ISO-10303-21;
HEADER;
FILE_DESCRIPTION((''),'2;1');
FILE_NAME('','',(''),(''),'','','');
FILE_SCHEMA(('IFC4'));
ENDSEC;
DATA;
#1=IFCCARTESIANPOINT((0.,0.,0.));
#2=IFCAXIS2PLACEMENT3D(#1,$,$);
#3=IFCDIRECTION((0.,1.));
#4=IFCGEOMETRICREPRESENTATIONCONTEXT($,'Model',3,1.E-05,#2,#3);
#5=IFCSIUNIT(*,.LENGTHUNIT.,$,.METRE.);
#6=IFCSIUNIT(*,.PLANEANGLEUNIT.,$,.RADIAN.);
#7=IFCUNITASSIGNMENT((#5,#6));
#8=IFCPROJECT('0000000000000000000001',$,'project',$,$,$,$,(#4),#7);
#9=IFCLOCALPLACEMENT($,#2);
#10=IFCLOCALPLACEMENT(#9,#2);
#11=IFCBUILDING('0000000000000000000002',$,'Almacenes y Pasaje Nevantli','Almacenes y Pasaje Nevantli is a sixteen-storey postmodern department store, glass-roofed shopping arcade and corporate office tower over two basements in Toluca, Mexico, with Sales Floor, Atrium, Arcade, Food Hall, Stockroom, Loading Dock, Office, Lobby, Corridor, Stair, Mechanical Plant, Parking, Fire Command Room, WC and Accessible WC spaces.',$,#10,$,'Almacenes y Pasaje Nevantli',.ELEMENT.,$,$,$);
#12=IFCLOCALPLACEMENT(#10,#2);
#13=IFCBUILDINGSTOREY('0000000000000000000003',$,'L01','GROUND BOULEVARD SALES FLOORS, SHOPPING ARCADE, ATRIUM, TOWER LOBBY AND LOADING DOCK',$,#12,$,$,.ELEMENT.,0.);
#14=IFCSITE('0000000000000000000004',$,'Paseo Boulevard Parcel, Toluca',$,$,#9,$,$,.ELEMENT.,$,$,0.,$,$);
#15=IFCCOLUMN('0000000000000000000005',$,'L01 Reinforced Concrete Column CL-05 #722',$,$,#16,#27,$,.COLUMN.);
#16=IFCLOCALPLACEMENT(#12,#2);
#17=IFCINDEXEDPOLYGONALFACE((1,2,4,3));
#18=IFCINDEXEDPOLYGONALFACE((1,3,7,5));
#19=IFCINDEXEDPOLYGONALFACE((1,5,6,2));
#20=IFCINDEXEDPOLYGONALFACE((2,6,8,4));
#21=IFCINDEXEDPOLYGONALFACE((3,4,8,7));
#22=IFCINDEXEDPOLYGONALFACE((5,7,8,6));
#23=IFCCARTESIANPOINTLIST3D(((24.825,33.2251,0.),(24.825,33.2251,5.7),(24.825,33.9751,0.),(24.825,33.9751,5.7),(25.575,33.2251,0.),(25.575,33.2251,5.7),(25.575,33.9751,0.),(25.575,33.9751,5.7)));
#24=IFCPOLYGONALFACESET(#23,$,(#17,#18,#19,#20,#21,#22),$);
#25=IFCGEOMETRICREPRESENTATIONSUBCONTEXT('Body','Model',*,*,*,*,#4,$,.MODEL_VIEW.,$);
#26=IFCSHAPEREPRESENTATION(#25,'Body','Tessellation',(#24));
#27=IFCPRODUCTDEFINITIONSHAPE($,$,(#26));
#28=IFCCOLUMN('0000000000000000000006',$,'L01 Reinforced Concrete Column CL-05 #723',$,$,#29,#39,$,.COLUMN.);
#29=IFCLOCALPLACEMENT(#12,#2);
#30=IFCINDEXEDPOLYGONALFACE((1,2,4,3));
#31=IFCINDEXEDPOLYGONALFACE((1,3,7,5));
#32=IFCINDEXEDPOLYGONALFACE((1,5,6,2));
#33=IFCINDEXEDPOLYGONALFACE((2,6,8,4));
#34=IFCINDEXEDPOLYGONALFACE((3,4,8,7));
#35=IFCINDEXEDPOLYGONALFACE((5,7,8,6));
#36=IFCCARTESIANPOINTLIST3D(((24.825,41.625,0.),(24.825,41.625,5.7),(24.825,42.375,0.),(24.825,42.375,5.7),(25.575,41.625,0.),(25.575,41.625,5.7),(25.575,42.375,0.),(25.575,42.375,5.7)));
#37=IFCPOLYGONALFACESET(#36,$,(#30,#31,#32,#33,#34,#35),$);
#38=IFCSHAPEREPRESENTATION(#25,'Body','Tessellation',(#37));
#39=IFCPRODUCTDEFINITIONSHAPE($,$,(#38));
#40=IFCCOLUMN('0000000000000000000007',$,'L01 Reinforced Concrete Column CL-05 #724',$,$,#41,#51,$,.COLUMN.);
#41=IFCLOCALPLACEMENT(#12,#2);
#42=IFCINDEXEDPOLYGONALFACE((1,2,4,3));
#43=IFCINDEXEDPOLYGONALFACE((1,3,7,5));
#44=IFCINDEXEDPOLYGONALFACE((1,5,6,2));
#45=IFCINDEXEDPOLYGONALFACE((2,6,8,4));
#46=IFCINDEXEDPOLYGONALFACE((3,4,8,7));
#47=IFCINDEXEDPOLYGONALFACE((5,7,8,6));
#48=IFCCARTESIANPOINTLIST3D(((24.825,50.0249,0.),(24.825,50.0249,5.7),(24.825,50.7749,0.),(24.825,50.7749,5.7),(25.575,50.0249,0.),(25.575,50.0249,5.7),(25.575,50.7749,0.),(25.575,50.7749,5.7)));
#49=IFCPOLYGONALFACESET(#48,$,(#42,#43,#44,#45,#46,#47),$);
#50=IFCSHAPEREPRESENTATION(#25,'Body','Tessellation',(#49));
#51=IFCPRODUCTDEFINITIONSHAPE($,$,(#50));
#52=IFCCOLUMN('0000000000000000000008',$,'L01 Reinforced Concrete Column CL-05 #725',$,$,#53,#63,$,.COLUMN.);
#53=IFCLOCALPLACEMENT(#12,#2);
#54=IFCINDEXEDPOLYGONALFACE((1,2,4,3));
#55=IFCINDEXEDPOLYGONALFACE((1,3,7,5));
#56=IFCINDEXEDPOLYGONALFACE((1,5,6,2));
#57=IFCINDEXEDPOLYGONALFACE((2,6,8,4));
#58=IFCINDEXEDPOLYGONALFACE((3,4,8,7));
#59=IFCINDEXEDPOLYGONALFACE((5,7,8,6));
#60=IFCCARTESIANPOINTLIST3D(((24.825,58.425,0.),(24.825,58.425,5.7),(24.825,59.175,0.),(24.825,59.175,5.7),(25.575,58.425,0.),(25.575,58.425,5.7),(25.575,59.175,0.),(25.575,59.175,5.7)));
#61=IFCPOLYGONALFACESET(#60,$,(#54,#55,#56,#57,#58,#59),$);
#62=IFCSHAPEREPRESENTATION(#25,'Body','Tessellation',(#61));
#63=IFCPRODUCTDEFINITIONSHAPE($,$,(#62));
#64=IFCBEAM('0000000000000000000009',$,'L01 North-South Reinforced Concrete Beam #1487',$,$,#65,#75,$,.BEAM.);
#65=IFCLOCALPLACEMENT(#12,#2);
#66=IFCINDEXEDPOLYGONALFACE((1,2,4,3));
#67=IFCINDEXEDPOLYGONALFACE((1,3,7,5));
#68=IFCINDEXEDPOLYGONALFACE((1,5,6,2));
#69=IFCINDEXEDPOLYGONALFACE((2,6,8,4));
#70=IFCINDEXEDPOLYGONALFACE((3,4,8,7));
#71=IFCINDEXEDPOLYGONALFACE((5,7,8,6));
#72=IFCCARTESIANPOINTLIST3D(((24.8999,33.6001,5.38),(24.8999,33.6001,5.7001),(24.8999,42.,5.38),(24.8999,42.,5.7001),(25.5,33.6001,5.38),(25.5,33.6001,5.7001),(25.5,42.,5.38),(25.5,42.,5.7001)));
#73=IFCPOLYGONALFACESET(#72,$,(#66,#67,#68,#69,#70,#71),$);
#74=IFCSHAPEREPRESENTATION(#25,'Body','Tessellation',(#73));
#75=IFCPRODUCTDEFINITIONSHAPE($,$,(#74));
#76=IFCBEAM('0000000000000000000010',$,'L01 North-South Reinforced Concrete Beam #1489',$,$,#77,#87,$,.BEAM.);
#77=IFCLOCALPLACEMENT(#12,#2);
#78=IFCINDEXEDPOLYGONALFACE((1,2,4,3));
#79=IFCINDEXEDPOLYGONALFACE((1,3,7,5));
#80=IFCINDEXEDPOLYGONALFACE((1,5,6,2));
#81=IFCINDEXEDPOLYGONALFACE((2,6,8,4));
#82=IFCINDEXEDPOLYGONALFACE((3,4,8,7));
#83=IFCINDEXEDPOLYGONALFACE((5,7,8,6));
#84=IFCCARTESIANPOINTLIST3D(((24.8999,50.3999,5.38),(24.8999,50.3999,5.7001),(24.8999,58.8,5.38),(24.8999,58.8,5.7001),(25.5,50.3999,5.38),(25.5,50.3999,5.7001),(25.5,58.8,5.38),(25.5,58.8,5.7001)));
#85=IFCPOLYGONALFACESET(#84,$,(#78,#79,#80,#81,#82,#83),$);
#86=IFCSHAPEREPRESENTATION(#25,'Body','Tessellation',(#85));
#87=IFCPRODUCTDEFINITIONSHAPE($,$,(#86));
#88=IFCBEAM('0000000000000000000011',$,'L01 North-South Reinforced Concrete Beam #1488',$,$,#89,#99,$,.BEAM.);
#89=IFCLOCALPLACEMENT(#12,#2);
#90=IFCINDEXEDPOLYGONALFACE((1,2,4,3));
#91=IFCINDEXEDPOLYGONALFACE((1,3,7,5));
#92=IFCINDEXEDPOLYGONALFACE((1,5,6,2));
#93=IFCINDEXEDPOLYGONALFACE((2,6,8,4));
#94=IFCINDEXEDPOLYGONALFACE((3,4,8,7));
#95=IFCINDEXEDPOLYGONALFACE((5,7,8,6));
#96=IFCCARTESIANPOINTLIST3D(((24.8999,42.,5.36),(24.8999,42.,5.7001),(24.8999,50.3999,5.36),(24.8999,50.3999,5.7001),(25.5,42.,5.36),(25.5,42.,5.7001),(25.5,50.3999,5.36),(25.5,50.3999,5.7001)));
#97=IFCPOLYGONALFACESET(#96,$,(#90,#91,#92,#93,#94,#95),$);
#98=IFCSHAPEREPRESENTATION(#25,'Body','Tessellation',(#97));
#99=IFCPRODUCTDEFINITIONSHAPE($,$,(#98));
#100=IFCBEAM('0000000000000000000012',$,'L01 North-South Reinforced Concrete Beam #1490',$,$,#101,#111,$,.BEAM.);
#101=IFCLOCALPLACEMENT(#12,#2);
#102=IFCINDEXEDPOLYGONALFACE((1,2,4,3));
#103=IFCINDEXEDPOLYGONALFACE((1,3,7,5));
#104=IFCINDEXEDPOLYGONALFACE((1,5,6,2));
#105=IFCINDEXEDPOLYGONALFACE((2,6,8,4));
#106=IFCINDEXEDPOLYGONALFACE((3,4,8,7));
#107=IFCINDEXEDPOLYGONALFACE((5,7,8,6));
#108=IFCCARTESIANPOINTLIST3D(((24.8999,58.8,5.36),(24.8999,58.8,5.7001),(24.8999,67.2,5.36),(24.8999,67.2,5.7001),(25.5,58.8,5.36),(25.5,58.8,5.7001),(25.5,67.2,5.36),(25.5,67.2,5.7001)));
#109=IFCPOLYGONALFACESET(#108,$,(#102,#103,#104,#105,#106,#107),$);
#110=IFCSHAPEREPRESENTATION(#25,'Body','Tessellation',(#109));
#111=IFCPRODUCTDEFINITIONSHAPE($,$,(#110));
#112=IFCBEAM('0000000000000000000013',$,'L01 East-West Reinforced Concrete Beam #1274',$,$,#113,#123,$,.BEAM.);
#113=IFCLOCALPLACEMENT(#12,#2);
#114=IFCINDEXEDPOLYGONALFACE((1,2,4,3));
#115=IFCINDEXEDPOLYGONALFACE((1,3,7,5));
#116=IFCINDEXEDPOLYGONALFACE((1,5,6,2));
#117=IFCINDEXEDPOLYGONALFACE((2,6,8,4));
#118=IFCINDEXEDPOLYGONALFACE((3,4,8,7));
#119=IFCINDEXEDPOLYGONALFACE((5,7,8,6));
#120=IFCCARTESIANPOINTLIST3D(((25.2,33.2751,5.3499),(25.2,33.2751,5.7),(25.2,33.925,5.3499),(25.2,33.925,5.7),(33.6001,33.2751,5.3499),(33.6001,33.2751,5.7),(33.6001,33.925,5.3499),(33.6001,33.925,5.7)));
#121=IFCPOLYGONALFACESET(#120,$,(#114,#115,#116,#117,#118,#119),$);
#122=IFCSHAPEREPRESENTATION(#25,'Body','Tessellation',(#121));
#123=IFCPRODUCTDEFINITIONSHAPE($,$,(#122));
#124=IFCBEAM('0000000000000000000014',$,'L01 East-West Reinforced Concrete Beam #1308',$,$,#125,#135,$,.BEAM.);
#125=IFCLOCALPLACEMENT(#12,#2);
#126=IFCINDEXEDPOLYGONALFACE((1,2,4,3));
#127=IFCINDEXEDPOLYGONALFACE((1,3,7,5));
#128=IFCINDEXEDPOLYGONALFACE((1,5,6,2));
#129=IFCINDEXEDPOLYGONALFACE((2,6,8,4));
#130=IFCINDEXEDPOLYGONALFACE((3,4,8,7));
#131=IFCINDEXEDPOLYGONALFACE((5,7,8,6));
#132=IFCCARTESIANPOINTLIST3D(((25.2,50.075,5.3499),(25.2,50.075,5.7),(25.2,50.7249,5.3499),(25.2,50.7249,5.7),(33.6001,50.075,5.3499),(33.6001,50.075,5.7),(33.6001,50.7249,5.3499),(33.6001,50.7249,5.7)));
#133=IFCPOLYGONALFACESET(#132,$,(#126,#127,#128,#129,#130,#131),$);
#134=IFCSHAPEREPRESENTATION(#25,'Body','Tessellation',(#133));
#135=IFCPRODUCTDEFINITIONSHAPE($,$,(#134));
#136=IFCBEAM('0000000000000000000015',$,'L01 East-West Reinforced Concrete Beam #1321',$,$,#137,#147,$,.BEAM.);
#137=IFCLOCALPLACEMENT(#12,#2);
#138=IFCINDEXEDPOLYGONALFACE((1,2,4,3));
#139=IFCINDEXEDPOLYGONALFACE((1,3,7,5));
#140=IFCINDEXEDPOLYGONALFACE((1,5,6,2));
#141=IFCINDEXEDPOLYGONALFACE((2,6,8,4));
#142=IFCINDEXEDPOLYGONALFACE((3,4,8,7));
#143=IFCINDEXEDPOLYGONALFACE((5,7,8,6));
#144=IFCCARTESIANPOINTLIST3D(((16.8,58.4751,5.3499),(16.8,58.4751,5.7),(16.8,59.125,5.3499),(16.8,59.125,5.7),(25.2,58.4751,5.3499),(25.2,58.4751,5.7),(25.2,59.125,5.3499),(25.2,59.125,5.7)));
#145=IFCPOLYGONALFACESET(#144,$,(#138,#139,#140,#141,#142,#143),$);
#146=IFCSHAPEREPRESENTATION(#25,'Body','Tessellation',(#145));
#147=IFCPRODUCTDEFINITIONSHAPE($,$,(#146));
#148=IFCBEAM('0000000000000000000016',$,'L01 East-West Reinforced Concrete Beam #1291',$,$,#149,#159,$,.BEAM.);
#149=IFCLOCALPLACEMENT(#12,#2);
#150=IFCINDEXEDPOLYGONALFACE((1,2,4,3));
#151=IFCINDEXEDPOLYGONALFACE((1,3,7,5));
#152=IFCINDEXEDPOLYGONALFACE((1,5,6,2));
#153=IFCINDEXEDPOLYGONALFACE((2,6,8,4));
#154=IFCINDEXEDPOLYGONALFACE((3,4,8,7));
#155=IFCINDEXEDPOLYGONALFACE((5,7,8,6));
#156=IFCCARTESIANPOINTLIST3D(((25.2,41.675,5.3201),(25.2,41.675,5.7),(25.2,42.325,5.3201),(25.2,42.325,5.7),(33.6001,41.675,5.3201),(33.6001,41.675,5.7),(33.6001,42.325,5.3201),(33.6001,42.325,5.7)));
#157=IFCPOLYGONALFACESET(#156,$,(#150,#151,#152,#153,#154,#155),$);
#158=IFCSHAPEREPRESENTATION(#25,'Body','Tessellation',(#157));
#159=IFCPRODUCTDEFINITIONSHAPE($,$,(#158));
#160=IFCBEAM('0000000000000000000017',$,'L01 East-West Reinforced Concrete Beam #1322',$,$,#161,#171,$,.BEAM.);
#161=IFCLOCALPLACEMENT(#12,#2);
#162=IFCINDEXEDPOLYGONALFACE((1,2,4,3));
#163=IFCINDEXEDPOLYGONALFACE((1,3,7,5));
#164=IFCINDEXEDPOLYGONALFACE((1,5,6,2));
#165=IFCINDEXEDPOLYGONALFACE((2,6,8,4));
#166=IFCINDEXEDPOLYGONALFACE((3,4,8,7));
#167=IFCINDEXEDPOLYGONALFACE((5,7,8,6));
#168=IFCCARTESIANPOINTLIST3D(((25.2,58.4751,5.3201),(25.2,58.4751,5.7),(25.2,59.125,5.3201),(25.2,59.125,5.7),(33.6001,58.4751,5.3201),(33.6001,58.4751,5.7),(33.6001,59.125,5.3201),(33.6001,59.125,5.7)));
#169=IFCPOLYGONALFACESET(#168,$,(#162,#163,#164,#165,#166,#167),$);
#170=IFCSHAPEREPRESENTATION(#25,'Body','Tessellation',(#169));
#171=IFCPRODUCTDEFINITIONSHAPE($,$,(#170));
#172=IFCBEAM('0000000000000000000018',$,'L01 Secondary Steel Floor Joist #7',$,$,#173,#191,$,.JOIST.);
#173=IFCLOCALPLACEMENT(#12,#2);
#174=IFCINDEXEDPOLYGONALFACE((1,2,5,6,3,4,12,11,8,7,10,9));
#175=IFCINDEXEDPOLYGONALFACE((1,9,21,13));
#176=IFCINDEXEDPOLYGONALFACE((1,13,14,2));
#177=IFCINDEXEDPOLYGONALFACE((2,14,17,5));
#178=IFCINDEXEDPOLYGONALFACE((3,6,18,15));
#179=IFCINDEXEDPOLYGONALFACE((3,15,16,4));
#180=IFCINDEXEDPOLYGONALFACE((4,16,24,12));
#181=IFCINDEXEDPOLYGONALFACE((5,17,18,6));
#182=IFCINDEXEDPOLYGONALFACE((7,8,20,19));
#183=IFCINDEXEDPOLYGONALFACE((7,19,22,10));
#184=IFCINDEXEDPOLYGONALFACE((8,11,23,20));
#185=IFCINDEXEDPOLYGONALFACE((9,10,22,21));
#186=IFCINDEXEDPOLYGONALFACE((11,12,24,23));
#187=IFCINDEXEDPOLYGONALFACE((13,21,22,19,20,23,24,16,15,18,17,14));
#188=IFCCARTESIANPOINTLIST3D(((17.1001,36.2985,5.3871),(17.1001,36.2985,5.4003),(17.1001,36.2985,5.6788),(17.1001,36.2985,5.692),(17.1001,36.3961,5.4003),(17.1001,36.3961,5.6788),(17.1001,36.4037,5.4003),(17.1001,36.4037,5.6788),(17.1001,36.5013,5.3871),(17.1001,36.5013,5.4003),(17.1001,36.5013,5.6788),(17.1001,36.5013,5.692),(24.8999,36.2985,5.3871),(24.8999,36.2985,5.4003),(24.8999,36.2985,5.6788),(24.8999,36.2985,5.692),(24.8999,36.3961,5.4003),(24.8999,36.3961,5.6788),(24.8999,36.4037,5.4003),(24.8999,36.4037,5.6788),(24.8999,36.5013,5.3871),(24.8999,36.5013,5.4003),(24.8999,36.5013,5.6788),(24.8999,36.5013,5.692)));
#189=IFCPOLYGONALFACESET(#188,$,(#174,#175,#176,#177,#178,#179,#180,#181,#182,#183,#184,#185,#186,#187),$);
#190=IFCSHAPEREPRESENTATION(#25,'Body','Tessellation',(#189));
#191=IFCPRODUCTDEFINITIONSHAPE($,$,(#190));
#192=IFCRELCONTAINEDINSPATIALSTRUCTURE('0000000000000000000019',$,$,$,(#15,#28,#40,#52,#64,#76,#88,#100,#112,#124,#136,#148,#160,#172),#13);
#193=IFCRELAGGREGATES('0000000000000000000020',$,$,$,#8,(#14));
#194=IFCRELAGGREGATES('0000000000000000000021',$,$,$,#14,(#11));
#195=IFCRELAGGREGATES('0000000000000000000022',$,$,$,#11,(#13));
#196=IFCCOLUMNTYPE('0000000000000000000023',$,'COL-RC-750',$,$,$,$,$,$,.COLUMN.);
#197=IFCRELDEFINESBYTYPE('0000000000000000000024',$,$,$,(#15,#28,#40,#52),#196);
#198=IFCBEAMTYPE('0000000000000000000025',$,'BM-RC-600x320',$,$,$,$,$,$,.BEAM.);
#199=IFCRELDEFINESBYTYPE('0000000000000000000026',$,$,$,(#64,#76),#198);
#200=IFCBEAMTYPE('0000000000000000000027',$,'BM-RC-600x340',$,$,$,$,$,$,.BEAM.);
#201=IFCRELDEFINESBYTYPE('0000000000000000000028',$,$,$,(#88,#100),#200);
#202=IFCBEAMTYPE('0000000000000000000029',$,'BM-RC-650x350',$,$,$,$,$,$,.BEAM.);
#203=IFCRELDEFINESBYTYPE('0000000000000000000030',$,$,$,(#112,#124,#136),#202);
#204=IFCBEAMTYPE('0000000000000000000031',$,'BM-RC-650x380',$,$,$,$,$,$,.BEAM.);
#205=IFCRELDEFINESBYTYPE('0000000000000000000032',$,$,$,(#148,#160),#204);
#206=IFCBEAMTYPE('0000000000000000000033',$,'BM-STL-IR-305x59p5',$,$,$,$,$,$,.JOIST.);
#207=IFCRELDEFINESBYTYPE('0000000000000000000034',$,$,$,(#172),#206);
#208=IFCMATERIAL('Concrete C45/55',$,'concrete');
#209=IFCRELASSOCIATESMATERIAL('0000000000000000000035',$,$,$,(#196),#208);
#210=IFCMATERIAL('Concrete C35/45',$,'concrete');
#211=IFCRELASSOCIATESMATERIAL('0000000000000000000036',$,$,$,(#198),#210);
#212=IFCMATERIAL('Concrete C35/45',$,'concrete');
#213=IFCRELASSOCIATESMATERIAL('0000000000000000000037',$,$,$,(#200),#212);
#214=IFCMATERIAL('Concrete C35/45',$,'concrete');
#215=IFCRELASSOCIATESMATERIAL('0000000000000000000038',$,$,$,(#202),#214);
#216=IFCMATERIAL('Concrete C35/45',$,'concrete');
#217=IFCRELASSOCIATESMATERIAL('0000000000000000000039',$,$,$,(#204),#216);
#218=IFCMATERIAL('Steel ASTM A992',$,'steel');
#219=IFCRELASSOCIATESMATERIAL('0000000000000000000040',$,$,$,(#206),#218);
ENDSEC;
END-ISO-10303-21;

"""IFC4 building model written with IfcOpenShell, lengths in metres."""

from ifc_helpers import new_model, si_unit, direction, frame, origin, origin_2d, place, context, subcontext, project, spatial, rectangle, i_section, extrude, material, material_profile, profile_set, type_object, element, save


model = new_model("IFC4")

# Units and contexts
model_context = context("Model", 3, precision=1e-05, world=origin(), true_north=direction((0.0, 1.0)))
body_context = subcontext(model_context, "Body", "Model", "MODEL_VIEW")
ifc_project = project(units=[si_unit("LENGTHUNIT", "METRE"), si_unit("PLANEANGLEUNIT", "RADIAN")], contexts=[model_context])

# Site, building, storey
site_placement = place(None, origin())
site = spatial("IfcSite", under=ifc_project, at=site_placement, Name="Paseo Boulevard Parcel, Toluca", CompositionType="ELEMENT", RefElevation=0.0)
building_placement = place(site_placement, origin())
building = spatial("IfcBuilding", under=site, at=building_placement, Name="Almacenes y Pasaje Nevantli", Description="Almacenes y Pasaje Nevantli is a sixteen-storey postmodern department store, glass-roofed shopping arcade and corporate office tower over two basements in Toluca, Mexico, with Sales Floor, Atrium, Arcade, Food Hall, Stockroom, Loading Dock, Office, Lobby, Corridor, Stair, Mechanical Plant, Parking, Fire Command Room, WC and Accessible WC spaces.", LongName="Almacenes y Pasaje Nevantli", CompositionType="ELEMENT")
storey_placement = place(building_placement, origin())
storey = spatial("IfcBuildingStorey", under=building, at=storey_placement, Name="L01", Description="GROUND BOULEVARD SALES FLOORS, SHOPPING ARCADE, ATRIUM, TOWER LOBBY AND LOADING DOCK", CompositionType="ELEMENT", Elevation=0.0)

# Columns
ifc_material_1 = material(Name="Concrete C45/55", Category="concrete")
ifc_material_profile_1 = material_profile(ifc_material_1, rectangle(XDim=0.75, YDim=0.75, at=origin_2d()), Name="RC-COL-750x750")
ifc_profile_set_1 = profile_set([ifc_material_profile_1], Name="Concrete C45/55")
column_type = type_object("IfcColumnType", Name="COL-RC-750", PredefinedType="COLUMN", material=ifc_profile_set_1)
for number, where, z_axis, x_axis, name in (
    (1, (25.2, 33.6001, 0.0), (0.0, 0.0, 1.0), (1.0, 0.0, 0.0), "L01 Reinforced Concrete Column CL-05 #722"),
    (2, (25.2, 42.0, 0.0), (0.0, 0.0, 1.0), (1.0, 0.0, 0.0), "L01 Reinforced Concrete Column CL-05 #723"),
    (3, (25.2, 50.3999, 0.0), (0.0, 0.0, 1.0), (1.0, 0.0, 0.0), "L01 Reinforced Concrete Column CL-05 #724"),
    (4, (25.2, 58.8, 0.0), (0.0, 0.0, 1.0), (1.0, 0.0, 0.0), "L01 Reinforced Concrete Column CL-05 #725"),
):
    element("IfcColumn", number, at=place(storey_placement, frame(where, z_axis=z_axis, x_axis=x_axis)), inside=storey, type_object=column_type, Name=name, PredefinedType="COLUMN", context=body_context, shape_type="SweptSolid", body=[
        extrude(rectangle(XDim=0.75, YDim=0.75, at=origin_2d()), origin(), (0.0, 0.0, 1.0), 5.7),
    ])

# Beams
ifc_material_2 = material(Name="Concrete C35/45", Category="concrete")
ifc_material_profile_2 = material_profile(ifc_material_2, rectangle(XDim=0.6001, YDim=0.3201, at=origin_2d()), Name="RC-BM-600x320")
ifc_profile_set_2 = profile_set([ifc_material_profile_2], Name="Concrete C35/45")
beam_type_1 = type_object("IfcBeamType", Name="BM-RC-600x320", PredefinedType="BEAM", material=ifc_profile_set_2)
beam_1_placement = place(storey_placement, frame((25.2, 33.6001, 5.54), z_axis=(0.0, 1.0, 0.0), x_axis=(-1.0, 0.0, 0.0)))
element("IfcBeam", 5, at=beam_1_placement, inside=storey, type_object=beam_type_1, Name="L01 North-South Reinforced Concrete Beam #1487", PredefinedType="BEAM", context=body_context, shape_type="SweptSolid", body=[
    extrude(rectangle(XDim=0.6001, YDim=0.3201, at=origin_2d()), origin(), (0.0, 0.0, 1.0), 8.3999),
])
beam_2_placement = place(storey_placement, frame((25.2, 50.3999, 5.54), z_axis=(0.0, 1.0, 0.0), x_axis=(-1.0, 0.0, 0.0)))
element("IfcBeam", 6, at=beam_2_placement, inside=storey, type_object=beam_type_1, Name="L01 North-South Reinforced Concrete Beam #1489", PredefinedType="BEAM", context=body_context, shape_type="SweptSolid", body=[
    extrude(rectangle(XDim=0.6001, YDim=0.3201, at=origin_2d()), origin(), (0.0, 0.0, 1.0), 8.4001),
])
ifc_material_3 = material(Name="Concrete C35/45", Category="concrete")
ifc_material_profile_3 = material_profile(ifc_material_3, rectangle(XDim=0.6001, YDim=0.3401, at=origin_2d()), Name="RC-BM-600x340")
ifc_profile_set_3 = profile_set([ifc_material_profile_3], Name="Concrete C35/45")
beam_type_2 = type_object("IfcBeamType", Name="BM-RC-600x340", PredefinedType="BEAM", material=ifc_profile_set_3)
for number, where, z_axis, x_axis, name in (
    (7, (25.2, 42.0, 5.53), (0.0, 1.0, 0.0), (-1.0, 0.0, 0.0), "L01 North-South Reinforced Concrete Beam #1488"),
    (8, (25.2, 58.8, 5.53), (0.0, 1.0, 0.0), (-1.0, 0.0, 0.0), "L01 North-South Reinforced Concrete Beam #1490"),
):
    element("IfcBeam", number, at=place(storey_placement, frame(where, z_axis=z_axis, x_axis=x_axis)), inside=storey, type_object=beam_type_2, Name=name, PredefinedType="BEAM", context=body_context, shape_type="SweptSolid", body=[
        extrude(rectangle(XDim=0.6001, YDim=0.3401, at=origin_2d()), origin(), (0.0, 0.0, 1.0), 8.3999),
    ])
ifc_material_4 = material(Name="Concrete C35/45", Category="concrete")
ifc_material_profile_4 = material_profile(ifc_material_4, rectangle(XDim=0.6499, YDim=0.3501, at=origin_2d()), Name="RC-BM-650x350")
ifc_profile_set_4 = profile_set([ifc_material_profile_4], Name="Concrete C35/45")
beam_type_3 = type_object("IfcBeamType", Name="BM-RC-650x350", PredefinedType="BEAM", material=ifc_profile_set_4)
for number, where, z_axis, x_axis, name in (
    (9, (25.2, 33.6001, 5.5249), (1.0, 0.0, 0.0), (0.0, 1.0, 0.0), "L01 East-West Reinforced Concrete Beam #1274"),
    (10, (25.2, 50.3999, 5.5249), (1.0, 0.0, 0.0), (0.0, 1.0, 0.0), "L01 East-West Reinforced Concrete Beam #1308"),
):
    element("IfcBeam", number, at=place(storey_placement, frame(where, z_axis=z_axis, x_axis=x_axis)), inside=storey, type_object=beam_type_3, Name=name, PredefinedType="BEAM", context=body_context, shape_type="SweptSolid", body=[
        extrude(rectangle(XDim=0.6499, YDim=0.3501, at=origin_2d()), origin(), (0.0, 0.0, 1.0), 8.4001),
    ])
beam_3_placement = place(storey_placement, frame((16.8, 58.8, 5.5249), z_axis=(1.0, 0.0, 0.0), x_axis=(0.0, 1.0, 0.0)))
element("IfcBeam", 11, at=beam_3_placement, inside=storey, type_object=beam_type_3, Name="L01 East-West Reinforced Concrete Beam #1321", PredefinedType="BEAM", context=body_context, shape_type="SweptSolid", body=[
    extrude(rectangle(XDim=0.6499, YDim=0.3501, at=origin_2d()), origin(), (0.0, 0.0, 1.0), 8.3999),
])
ifc_material_5 = material(Name="Concrete C35/45", Category="concrete")
ifc_material_profile_5 = material_profile(ifc_material_5, rectangle(XDim=0.6499, YDim=0.3799, at=origin_2d()), Name="RC-BM-650x380")
ifc_profile_set_5 = profile_set([ifc_material_profile_5], Name="Concrete C35/45")
beam_type_4 = type_object("IfcBeamType", Name="BM-RC-650x380", PredefinedType="BEAM", material=ifc_profile_set_5)
for number, where, z_axis, x_axis, name in (
    (12, (25.2, 42.0, 5.51), (1.0, 0.0, 0.0), (0.0, 1.0, 0.0), "L01 East-West Reinforced Concrete Beam #1291"),
    (13, (25.2, 58.8, 5.51), (1.0, 0.0, 0.0), (0.0, 1.0, 0.0), "L01 East-West Reinforced Concrete Beam #1322"),
):
    element("IfcBeam", number, at=place(storey_placement, frame(where, z_axis=z_axis, x_axis=x_axis)), inside=storey, type_object=beam_type_4, Name=name, PredefinedType="BEAM", context=body_context, shape_type="SweptSolid", body=[
        extrude(rectangle(XDim=0.6499, YDim=0.3799, at=origin_2d()), origin(), (0.0, 0.0, 1.0), 8.4001),
    ])
ifc_material_6 = material(Name="Steel ASTM A992", Category="steel")
ifc_material_profile_6 = material_profile(ifc_material_6, i_section(OverallWidth=0.2029, OverallDepth=0.3049, WebThickness=0.0076, FlangeThickness=0.0132, at=origin_2d()), Name="IR 305x59.5")
ifc_profile_set_6 = profile_set([ifc_material_profile_6], Name="Steel ASTM A992")
beam_type_5 = type_object("IfcBeamType", Name="BM-STL-IR-305x59p5", PredefinedType="JOIST", material=ifc_profile_set_6)
for number, where, z_axis, x_axis, name in (
    (14, (17.1001, 36.3999, 5.5396), (1.0, 0.0, 0.0), (0.0, 1.0, 0.0), "L01 Secondary Steel Floor Joist #7"),
):
    element("IfcBeam", number, at=place(storey_placement, frame(where, z_axis=z_axis, x_axis=x_axis)), inside=storey, type_object=beam_type_5, Name=name, PredefinedType="JOIST", context=body_context, shape_type="SweptSolid", body=[
        extrude(i_section(OverallWidth=0.2029, OverallDepth=0.3049, WebThickness=0.0076, FlangeThickness=0.0132, at=origin_2d()), origin(), (0.0, 0.0, 1.0), 7.7998),
    ])

save(model, "model.ifc")
